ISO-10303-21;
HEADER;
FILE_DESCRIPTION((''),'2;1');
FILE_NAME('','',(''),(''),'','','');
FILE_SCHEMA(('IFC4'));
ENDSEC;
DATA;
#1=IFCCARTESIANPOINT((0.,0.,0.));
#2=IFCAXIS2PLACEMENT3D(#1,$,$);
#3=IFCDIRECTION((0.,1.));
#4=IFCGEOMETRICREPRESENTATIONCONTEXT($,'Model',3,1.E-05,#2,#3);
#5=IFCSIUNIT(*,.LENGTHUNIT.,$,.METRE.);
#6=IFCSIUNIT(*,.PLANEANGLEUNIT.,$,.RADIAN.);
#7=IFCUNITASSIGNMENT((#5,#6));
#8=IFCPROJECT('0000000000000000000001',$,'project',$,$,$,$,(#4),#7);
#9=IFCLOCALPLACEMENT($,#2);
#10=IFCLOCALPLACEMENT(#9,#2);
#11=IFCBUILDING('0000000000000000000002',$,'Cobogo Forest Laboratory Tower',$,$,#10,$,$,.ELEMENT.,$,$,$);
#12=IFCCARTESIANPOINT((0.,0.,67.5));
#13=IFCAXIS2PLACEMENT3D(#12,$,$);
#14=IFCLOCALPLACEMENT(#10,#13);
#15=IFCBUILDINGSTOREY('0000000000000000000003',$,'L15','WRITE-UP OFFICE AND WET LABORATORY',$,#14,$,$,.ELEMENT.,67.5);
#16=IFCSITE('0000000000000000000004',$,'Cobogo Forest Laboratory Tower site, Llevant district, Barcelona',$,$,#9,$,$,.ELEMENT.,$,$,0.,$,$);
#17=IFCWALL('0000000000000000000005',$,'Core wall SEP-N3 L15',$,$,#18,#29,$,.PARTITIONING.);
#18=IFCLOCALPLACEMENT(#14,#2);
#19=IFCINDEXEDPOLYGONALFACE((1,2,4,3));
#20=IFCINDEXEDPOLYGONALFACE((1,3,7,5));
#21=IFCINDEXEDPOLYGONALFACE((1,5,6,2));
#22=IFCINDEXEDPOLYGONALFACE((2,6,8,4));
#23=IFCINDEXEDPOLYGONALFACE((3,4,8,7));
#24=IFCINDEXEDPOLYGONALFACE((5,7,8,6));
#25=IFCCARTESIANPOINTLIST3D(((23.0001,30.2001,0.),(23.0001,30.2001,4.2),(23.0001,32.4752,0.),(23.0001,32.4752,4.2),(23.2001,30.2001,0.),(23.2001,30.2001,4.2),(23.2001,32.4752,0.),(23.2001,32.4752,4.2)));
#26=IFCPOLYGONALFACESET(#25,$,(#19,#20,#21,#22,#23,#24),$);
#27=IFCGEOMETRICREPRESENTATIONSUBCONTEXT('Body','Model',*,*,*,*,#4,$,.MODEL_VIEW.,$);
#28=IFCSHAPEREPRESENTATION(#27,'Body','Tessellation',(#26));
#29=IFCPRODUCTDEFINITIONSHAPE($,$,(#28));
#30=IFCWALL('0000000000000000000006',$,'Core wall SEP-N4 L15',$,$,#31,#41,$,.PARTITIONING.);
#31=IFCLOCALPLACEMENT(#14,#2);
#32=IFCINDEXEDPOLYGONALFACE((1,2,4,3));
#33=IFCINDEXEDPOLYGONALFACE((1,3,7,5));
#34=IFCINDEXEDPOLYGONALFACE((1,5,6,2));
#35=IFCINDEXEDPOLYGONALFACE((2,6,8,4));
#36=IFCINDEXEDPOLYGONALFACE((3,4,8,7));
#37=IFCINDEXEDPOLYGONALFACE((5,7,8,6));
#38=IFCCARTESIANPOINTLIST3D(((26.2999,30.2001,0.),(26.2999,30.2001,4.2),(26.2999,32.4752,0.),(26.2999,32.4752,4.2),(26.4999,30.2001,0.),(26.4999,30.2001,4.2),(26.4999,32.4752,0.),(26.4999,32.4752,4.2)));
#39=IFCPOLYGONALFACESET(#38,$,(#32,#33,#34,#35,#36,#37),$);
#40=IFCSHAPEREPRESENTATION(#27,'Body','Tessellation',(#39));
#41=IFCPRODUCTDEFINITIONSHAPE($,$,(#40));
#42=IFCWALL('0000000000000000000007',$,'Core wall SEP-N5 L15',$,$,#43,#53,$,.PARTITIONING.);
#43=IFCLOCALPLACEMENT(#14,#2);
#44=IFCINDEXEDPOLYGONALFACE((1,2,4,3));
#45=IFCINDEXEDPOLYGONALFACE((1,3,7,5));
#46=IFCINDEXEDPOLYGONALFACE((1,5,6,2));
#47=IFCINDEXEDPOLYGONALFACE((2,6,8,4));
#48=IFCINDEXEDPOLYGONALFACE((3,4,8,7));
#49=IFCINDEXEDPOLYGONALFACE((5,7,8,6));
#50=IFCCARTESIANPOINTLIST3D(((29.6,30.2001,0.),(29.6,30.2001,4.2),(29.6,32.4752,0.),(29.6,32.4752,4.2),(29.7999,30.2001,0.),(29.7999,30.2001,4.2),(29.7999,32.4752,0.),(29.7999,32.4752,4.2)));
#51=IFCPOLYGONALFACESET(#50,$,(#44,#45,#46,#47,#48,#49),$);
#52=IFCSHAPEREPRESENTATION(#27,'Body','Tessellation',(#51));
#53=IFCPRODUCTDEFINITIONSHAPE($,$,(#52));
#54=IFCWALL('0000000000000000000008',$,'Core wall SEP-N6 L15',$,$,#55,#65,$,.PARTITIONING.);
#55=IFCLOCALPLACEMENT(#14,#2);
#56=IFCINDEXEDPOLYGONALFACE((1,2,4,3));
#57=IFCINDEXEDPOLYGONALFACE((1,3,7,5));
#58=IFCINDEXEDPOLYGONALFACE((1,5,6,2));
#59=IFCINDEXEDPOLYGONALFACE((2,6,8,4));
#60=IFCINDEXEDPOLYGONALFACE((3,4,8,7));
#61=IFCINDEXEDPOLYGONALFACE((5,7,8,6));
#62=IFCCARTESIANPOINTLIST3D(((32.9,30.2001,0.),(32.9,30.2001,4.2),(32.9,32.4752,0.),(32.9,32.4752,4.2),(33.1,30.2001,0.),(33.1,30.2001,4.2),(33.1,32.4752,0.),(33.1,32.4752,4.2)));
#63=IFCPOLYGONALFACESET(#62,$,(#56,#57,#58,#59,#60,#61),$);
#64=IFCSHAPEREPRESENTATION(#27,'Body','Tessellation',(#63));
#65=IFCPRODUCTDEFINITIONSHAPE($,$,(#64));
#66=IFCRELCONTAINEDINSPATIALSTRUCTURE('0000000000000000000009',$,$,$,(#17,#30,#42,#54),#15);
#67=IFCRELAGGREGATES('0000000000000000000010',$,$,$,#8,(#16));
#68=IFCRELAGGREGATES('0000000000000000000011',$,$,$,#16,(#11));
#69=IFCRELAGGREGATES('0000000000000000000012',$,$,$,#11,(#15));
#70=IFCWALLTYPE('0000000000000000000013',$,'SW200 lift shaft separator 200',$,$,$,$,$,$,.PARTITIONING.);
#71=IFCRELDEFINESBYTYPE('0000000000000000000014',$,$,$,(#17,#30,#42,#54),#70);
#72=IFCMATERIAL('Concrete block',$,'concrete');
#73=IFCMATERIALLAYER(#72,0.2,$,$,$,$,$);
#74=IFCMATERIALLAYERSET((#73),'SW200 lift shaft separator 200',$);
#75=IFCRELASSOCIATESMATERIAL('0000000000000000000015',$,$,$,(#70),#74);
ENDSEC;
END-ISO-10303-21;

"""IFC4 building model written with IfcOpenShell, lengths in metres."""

from ifc_helpers import new_model, si_unit, direction, frame, frame_2d, origin, place, context, subcontext, project, spatial, rectangle, extrude, material, layer, layer_set, type_object, element, save


model = new_model("IFC4")

# Units and contexts
model_context = context("Model", 3, precision=1e-05, world=origin(), true_north=direction((0.0, 1.0)))
body_context = subcontext(model_context, "Body", "Model", "MODEL_VIEW")
ifc_project = project(units=[si_unit("LENGTHUNIT", "METRE"), si_unit("PLANEANGLEUNIT", "RADIAN")], contexts=[model_context])

# Site, building, storey
site_placement = place(None, origin())
site = spatial("IfcSite", under=ifc_project, at=site_placement, Name="Cobogo Forest Laboratory Tower site, Llevant district, Barcelona", CompositionType="ELEMENT", RefElevation=0.0)
building_placement = place(site_placement, origin())
building = spatial("IfcBuilding", under=site, at=building_placement, Name="Cobogo Forest Laboratory Tower", CompositionType="ELEMENT")
storey_placement = place(building_placement, frame((0.0, 0.0, 67.5)))
storey = spatial("IfcBuildingStorey", under=building, at=storey_placement, Name="L15", Description="WRITE-UP OFFICE AND WET LABORATORY", CompositionType="ELEMENT", Elevation=67.5)

# Walls
ifc_material_1 = material(Name="Concrete block", Category="concrete")
ifc_layer_1 = layer(ifc_material_1, 0.2)
ifc_layer_set_1 = layer_set([ifc_layer_1], Name="SW200 lift shaft separator 200")
wall_type_1 = type_object("IfcWallType", Name="SW200 lift shaft separator 200", PredefinedType="PARTITIONING", material=ifc_layer_set_1)
for number, where, z_axis, x_axis, name in (
    (1, (23.1001, 30.2, 0.0), (0.0, 0.0, 1.0), (0.0, 1.0, 0.0), "Core wall SEP-N3 L15"),
    (2, (26.3999, 30.2, 0.0), (0.0, 0.0, 1.0), (0.0, 1.0, 0.0), "Core wall SEP-N4 L15"),
    (3, (29.7, 30.2, 0.0), (0.0, 0.0, 1.0), (0.0, 1.0, 0.0), "Core wall SEP-N5 L15"),
    (4, (33.0, 30.2, 0.0), (0.0, 0.0, 1.0), (0.0, 1.0, 0.0), "Core wall SEP-N6 L15"),
):
    element("IfcWall", number, at=place(storey_placement, frame(where, z_axis=z_axis, x_axis=x_axis)), inside=storey, type_object=wall_type_1, Name=name, PredefinedType="PARTITIONING", context=body_context, shape_type="SweptSolid", body=[
        extrude(rectangle(XDim=2.2751, YDim=0.2, at=frame_2d((1.1377, 0.0))), origin(), (0.0, 0.0, 1.0), 4.2),
    ])

save(model, "model.ifc")
